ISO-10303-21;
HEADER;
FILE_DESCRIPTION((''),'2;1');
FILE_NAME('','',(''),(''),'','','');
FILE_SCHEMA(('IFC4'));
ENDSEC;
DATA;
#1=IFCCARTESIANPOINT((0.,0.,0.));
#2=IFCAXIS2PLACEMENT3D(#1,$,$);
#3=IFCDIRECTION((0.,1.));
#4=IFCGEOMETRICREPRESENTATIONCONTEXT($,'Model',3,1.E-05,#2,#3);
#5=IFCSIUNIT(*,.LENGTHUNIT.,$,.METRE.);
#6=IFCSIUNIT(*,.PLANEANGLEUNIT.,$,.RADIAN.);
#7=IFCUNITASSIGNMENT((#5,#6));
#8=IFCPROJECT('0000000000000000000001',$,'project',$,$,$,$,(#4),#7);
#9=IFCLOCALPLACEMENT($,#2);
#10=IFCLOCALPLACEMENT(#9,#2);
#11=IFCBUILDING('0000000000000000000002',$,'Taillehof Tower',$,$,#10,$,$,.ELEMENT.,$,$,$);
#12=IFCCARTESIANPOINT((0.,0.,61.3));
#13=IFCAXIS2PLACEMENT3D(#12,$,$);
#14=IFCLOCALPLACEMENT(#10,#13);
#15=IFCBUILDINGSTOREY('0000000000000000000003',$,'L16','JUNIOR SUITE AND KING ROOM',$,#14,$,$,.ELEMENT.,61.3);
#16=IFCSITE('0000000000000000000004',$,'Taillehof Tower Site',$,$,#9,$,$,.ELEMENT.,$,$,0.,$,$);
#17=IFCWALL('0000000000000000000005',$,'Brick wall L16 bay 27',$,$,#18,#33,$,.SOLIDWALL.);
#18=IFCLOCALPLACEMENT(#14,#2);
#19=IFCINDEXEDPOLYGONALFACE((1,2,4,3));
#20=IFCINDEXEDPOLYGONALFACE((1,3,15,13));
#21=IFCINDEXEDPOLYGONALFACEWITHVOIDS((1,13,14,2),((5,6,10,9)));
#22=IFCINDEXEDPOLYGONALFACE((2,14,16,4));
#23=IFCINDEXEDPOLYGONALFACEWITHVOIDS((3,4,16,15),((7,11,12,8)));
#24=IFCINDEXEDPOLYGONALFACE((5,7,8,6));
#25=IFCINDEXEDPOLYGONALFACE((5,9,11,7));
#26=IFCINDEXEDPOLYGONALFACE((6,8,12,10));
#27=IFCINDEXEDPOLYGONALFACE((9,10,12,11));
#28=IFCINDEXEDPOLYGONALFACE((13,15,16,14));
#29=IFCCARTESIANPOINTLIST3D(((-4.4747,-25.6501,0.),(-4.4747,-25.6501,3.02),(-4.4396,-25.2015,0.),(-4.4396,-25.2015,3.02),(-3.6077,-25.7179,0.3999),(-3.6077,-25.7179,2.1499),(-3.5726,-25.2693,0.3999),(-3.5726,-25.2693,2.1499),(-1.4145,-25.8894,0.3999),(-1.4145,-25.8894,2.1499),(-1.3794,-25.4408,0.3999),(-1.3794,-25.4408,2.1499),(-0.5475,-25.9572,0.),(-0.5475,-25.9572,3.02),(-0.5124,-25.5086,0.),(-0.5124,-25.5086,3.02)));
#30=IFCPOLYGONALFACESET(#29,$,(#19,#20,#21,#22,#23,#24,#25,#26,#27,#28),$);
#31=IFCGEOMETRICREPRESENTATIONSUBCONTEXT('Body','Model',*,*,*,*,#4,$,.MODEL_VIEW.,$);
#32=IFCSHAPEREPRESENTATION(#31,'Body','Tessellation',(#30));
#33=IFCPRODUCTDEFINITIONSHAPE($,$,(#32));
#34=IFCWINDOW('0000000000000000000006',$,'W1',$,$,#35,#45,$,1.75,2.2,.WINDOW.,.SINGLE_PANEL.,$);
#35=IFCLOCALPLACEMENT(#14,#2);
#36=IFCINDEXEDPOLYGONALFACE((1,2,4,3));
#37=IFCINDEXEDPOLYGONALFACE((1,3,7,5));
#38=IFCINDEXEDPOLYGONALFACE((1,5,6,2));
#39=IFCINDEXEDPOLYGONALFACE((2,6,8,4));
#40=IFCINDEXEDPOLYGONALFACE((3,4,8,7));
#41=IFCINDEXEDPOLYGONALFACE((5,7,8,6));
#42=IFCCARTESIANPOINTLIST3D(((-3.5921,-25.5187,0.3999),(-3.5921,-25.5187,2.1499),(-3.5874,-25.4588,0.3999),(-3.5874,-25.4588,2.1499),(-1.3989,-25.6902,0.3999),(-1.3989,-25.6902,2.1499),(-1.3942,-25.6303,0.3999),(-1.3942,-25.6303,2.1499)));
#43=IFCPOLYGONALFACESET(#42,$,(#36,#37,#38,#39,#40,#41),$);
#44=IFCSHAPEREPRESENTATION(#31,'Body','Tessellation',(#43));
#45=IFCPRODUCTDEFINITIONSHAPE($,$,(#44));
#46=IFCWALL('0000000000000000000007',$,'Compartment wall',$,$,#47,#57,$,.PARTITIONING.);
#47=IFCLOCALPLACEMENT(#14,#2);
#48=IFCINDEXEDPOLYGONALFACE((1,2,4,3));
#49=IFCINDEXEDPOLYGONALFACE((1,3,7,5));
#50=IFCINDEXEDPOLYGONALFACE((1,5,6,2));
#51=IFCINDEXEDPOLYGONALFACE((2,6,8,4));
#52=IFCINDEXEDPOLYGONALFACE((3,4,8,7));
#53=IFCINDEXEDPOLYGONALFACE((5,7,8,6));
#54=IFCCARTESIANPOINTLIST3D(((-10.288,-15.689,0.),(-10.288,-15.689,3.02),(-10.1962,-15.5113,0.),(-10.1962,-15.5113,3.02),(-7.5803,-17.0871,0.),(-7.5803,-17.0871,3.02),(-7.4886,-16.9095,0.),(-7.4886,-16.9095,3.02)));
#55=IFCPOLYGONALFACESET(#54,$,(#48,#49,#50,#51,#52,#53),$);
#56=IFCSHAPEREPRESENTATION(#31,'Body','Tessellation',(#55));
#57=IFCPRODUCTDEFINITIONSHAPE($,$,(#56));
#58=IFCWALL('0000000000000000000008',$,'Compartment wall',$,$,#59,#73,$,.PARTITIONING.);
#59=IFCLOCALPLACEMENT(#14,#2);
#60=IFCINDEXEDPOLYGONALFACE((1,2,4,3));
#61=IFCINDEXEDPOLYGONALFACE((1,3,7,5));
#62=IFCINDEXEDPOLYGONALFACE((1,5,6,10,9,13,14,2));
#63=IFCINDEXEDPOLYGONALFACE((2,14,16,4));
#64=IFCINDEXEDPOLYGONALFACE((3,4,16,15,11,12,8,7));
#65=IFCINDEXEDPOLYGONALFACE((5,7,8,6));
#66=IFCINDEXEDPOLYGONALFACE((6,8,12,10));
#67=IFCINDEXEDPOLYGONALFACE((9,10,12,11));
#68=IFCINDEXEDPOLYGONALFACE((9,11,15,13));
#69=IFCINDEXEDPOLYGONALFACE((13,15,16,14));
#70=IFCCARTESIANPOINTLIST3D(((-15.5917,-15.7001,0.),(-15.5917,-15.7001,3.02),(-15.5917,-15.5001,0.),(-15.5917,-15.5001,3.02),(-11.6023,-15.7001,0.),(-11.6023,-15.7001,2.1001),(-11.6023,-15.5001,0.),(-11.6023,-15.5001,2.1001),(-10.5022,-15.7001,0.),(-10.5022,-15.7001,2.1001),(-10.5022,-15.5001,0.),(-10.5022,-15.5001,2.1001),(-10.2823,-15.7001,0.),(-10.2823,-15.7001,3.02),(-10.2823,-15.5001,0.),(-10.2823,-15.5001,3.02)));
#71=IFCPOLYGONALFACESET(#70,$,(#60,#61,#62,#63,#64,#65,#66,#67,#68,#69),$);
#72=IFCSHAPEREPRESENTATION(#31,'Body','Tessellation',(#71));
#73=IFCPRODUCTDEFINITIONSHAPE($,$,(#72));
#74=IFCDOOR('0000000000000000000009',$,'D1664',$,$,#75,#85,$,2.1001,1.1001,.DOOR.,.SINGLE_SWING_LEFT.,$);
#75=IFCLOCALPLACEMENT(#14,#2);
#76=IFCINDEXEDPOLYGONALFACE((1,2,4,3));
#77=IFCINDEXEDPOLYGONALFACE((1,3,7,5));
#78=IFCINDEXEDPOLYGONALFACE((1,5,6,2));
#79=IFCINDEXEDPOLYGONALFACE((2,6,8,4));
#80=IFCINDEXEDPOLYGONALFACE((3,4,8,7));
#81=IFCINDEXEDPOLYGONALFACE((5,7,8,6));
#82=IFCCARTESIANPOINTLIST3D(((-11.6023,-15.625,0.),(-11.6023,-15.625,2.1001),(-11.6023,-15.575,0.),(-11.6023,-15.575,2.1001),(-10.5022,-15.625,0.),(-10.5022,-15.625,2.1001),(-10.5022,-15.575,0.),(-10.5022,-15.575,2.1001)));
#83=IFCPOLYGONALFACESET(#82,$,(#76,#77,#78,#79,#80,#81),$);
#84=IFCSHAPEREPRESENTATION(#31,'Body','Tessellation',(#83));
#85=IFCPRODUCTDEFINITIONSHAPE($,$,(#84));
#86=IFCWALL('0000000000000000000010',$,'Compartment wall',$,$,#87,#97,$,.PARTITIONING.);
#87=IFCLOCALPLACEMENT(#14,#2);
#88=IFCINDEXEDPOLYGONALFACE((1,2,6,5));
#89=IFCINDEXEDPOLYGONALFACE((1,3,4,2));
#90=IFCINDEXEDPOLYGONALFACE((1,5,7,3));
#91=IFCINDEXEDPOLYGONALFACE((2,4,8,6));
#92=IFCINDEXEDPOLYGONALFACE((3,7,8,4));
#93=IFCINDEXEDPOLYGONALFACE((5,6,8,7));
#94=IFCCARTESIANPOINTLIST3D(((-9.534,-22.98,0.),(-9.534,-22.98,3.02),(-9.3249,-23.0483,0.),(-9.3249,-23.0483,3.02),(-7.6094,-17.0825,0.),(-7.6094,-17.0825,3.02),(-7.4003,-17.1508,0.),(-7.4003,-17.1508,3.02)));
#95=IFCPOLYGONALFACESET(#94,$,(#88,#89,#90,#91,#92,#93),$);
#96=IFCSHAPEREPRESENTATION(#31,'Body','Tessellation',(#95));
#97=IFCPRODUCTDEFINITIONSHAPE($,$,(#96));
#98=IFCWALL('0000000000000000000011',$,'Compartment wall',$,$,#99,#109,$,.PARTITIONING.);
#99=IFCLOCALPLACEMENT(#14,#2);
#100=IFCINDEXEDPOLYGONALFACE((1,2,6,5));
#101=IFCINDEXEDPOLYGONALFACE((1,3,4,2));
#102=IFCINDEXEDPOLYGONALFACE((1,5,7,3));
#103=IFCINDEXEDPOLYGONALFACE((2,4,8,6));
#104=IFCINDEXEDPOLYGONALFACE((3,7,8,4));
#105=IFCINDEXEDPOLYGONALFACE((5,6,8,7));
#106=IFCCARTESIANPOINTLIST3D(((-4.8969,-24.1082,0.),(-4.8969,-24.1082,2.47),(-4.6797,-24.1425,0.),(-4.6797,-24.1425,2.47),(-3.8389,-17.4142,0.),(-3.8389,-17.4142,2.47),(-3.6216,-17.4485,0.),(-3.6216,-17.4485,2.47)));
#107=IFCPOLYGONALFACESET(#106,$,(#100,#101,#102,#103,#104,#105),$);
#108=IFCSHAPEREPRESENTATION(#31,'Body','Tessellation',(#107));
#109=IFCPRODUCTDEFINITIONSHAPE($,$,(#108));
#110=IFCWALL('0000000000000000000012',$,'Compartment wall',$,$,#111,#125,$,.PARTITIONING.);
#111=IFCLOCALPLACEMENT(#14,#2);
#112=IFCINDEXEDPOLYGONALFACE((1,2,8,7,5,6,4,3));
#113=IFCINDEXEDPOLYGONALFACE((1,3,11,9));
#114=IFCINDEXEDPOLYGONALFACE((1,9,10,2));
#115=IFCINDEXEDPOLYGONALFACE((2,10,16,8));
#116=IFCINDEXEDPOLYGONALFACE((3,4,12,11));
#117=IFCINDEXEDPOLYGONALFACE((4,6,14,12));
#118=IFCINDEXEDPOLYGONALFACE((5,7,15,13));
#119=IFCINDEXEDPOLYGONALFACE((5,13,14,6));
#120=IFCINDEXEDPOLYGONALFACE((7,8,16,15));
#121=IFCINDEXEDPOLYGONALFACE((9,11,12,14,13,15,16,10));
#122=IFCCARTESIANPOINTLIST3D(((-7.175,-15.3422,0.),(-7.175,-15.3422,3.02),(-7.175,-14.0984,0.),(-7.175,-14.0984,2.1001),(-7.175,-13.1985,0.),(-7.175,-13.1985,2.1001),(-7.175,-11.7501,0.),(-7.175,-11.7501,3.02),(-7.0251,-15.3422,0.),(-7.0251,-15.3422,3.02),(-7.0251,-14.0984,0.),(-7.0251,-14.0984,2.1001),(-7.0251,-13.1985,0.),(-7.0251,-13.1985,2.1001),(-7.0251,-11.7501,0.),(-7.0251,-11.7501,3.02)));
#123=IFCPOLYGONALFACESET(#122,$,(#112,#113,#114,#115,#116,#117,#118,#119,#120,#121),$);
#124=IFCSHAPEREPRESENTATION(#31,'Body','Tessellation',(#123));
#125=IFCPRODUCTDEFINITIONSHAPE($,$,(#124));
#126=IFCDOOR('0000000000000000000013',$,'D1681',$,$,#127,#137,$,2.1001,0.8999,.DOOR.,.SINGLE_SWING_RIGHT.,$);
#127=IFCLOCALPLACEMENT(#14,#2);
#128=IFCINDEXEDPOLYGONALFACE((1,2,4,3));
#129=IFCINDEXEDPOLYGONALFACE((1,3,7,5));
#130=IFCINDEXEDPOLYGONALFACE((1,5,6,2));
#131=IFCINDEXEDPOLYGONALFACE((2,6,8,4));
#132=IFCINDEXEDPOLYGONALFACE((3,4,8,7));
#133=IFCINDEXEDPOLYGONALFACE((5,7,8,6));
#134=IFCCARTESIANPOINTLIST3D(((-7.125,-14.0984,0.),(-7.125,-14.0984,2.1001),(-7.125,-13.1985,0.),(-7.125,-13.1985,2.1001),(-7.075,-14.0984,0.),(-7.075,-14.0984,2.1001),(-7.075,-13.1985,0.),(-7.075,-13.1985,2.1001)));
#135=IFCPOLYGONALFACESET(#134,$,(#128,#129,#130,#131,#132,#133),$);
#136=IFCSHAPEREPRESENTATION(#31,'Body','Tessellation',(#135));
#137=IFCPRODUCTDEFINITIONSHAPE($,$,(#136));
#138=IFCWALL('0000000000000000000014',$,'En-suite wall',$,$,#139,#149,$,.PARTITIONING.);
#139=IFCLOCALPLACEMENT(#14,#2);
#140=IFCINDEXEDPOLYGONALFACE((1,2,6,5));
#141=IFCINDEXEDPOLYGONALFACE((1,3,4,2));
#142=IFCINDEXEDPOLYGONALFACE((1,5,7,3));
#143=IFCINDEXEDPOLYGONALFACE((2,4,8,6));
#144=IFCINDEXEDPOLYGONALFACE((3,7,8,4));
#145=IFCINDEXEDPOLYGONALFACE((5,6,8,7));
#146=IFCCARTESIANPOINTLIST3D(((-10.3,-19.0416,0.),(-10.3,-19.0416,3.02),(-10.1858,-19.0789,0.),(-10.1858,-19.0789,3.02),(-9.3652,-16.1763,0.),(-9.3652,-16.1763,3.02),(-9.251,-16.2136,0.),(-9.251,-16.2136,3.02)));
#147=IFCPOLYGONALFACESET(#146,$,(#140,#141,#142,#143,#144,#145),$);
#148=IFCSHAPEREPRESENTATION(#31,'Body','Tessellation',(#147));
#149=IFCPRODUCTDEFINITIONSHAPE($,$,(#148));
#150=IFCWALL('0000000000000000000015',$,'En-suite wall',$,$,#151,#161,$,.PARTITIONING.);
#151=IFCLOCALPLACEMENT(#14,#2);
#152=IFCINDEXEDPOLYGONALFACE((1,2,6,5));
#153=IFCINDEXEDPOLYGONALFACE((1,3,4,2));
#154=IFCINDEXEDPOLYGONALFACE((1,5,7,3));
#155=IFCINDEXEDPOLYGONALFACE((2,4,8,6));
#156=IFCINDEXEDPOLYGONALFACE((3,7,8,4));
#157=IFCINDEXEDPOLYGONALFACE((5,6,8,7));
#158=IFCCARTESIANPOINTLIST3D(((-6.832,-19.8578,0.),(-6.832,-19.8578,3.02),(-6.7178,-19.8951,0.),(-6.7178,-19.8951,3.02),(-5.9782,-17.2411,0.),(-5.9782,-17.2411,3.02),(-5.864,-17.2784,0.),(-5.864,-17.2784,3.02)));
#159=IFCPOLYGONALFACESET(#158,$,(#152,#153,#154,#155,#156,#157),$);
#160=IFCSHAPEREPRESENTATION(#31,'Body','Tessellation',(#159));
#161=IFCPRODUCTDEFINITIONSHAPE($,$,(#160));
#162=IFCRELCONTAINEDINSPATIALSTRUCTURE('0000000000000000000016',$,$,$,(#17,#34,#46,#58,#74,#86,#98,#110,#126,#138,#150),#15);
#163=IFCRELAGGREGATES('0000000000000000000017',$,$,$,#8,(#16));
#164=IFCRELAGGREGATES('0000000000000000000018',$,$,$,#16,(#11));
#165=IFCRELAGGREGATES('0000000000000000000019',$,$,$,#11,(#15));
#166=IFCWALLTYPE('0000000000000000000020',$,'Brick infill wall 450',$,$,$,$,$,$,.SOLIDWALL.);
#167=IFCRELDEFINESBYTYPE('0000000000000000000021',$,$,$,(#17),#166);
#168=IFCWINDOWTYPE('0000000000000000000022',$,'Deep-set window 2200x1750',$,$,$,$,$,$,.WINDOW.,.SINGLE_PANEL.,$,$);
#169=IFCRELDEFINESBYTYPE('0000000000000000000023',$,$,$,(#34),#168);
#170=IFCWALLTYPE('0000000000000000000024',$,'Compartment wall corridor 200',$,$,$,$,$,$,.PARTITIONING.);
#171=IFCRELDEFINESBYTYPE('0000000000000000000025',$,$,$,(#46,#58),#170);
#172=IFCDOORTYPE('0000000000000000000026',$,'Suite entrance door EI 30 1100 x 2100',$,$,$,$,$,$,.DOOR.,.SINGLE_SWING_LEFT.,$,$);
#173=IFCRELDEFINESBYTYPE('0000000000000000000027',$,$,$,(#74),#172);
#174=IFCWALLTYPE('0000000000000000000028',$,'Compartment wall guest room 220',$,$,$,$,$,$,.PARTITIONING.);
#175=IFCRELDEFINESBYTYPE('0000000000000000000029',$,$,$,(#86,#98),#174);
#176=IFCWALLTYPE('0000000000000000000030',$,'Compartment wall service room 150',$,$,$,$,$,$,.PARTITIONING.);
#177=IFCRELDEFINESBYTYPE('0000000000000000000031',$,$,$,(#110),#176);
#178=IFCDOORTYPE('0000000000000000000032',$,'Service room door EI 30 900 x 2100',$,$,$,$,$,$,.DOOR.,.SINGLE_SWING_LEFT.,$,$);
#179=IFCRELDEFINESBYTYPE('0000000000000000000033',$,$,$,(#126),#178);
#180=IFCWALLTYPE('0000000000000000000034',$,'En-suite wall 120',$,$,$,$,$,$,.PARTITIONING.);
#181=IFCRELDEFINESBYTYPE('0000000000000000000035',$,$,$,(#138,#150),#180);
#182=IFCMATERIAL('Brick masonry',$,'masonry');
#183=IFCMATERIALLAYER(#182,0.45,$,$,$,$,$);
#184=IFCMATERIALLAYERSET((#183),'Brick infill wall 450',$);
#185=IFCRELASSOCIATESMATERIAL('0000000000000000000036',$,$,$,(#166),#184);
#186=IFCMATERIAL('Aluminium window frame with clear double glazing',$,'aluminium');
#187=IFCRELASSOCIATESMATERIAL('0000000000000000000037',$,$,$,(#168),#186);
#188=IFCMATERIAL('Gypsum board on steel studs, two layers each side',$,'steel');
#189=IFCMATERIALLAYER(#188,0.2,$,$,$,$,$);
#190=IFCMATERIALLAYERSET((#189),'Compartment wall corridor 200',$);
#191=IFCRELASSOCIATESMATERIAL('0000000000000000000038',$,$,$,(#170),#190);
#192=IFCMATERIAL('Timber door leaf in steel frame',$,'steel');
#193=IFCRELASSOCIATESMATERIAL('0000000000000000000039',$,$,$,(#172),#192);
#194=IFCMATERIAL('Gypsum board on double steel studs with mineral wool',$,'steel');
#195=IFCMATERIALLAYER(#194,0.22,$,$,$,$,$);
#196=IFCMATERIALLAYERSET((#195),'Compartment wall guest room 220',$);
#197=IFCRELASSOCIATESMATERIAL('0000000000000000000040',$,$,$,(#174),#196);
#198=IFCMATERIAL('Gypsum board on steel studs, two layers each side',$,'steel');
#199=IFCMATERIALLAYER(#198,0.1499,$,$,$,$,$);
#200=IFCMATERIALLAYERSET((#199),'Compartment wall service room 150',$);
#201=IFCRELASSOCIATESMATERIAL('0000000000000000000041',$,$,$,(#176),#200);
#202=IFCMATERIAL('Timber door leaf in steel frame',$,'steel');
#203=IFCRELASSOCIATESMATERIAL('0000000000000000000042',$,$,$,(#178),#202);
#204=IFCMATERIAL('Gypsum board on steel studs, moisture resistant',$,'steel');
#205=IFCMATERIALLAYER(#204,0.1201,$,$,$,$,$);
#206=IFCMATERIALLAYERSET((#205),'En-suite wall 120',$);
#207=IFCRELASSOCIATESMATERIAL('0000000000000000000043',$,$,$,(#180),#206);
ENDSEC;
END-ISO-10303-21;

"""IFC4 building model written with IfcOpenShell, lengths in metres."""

from ifc_helpers import new_model, si_unit, direction, frame, frame_2d, origin, place, context, subcontext, project, spatial, rectangle, extrude, material, layer, layer_set, type_object, element, fill, save


model = new_model("IFC4")

# Units and contexts
model_context = context("Model", 3, precision=1e-05, world=origin(), true_north=direction((0.0, 1.0)))
body_context = subcontext(model_context, "Body", "Model", "MODEL_VIEW")
ifc_project = project(units=[si_unit("LENGTHUNIT", "METRE"), si_unit("PLANEANGLEUNIT", "RADIAN")], contexts=[model_context])

# Site, building, storey
site_placement = place(None, origin())
site = spatial("IfcSite", under=ifc_project, at=site_placement, Name="Taillehof Tower Site", CompositionType="ELEMENT", RefElevation=0.0)
building_placement = place(site_placement, origin())
building = spatial("IfcBuilding", under=site, at=building_placement, Name="Taillehof Tower", CompositionType="ELEMENT")
storey_placement = place(building_placement, frame((0.0, 0.0, 61.3)))
storey = spatial("IfcBuildingStorey", under=building, at=storey_placement, Name="L16", Description="JUNIOR SUITE AND KING ROOM", CompositionType="ELEMENT", Elevation=61.3)

# Wall, opening, window
ifc_material_1 = material(Name="Brick masonry", Category="masonry")
ifc_layer_1 = layer(ifc_material_1, 0.45)
ifc_layer_set_1 = layer_set([ifc_layer_1], Name="Brick infill wall 450")
wall_type_1 = type_object("IfcWallType", Name="Brick infill wall 450", PredefinedType="SOLIDWALL", material=ifc_layer_set_1)
ifc_material_2 = material(Name="Aluminium window frame with clear double glazing", Category="aluminium")
window_type = type_object("IfcWindowType", Name="Deep-set window 2200x1750", PartitioningType="SINGLE_PANEL", PredefinedType="WINDOW", material=ifc_material_2)
wall_1_placement = place(storey_placement, frame((-4.4573, -25.4258, 0.0), z_axis=(0.0, 0.0, 1.0), x_axis=(0.996956, -0.077967, 0.0)))
wall_1 = element("IfcWall", 1, at=wall_1_placement, inside=storey, type_object=wall_type_1, Name="Brick wall L16 bay 27", PredefinedType="SOLIDWALL", context=body_context, shape_type="SweptSolid", body=[
    extrude(rectangle(XDim=3.9392, YDim=0.45, at=frame_2d((1.9697, 0.0))), origin(), (0.0, 0.0, 1.0), 3.02),
])
opening_1_placement = place(wall_1_placement, frame((0.8696, 0.0, 0.3999)))
opening_1 = element("IfcOpeningElement", 2, at=opening_1_placement, cuts=wall_1, PredefinedType="OPENING", context=body_context, shape_type="SweptSolid", body=[
    extrude(rectangle(XDim=2.2, YDim=1.75, at=frame_2d((1.1001, 0.875))), frame((0.0, 0.2349, 0.0), z_axis=(0.0, -1.0, 0.0), x_axis=(1.0, 0.0, 0.0)), (0.0, 0.0, 1.0), 0.47),
])
window_1_placement = place(opening_1_placement, origin())
window_1 = element("IfcWindow", 3, at=window_1_placement, inside=storey, type_object=window_type, Name="W1", OverallHeight=1.75, OverallWidth=2.2, PartitioningType="SINGLE_PANEL", PredefinedType="WINDOW", context=body_context, shape_type="SweptSolid", body=[
    extrude(rectangle(XDim=2.2, YDim=1.75, at=frame_2d((1.1001, 0.875))), frame((0.0, 0.0349, 0.0), z_axis=(0.0, -1.0, 0.0), x_axis=(1.0, 0.0, 0.0)), (0.0, 0.0, 1.0), 0.0601),
])
fill(opening_1, window_1)

# Wall
ifc_material_3 = material(Name="Gypsum board on steel studs, two layers each side", Category="steel")
ifc_layer_2 = layer(ifc_material_3, 0.2)
ifc_layer_set_2 = layer_set([ifc_layer_2], Name="Compartment wall corridor 200")
wall_type_2 = type_object("IfcWallType", Name="Compartment wall corridor 200", PredefinedType="PARTITIONING", material=ifc_layer_set_2)
wall_2_placement = place(storey_placement, frame((-7.5344, -16.9983, 0.0), z_axis=(0.0, 0.0, 1.0), x_axis=(-0.888535, 0.458808, 0.0)))
element("IfcWall", 4, at=wall_2_placement, inside=storey, type_object=wall_type_2, Name="Compartment wall", PredefinedType="PARTITIONING", context=body_context, shape_type="SweptSolid", body=[
    extrude(rectangle(XDim=3.0474, YDim=0.2, at=frame_2d((1.5237, 0.0))), origin(), (0.0, 0.0, 1.0), 3.02),
])

# Wall, opening, door
wall_3_placement = place(storey_placement, frame((-10.2822, -15.6001, 0.0), z_axis=(0.0, 0.0, 1.0), x_axis=(-1.0, 0.0, 0.0)))
wall_3 = element("IfcWall", 5, at=wall_3_placement, inside=storey, type_object=wall_type_2, Name="Compartment wall", PredefinedType="PARTITIONING", context=body_context, shape_type="SweptSolid", body=[
    extrude(rectangle(XDim=5.3093, YDim=0.2, at=frame_2d((2.6548, 0.0))), origin(), (0.0, 0.0, 1.0), 3.02),
])
opening_2_placement = place(wall_3_placement, frame((0.22, 0.0, 0.0)))
opening_2 = element("IfcOpeningElement", 6, at=opening_2_placement, cuts=wall_3, PredefinedType="OPENING", context=body_context, shape_type="SweptSolid", body=[
    extrude(rectangle(XDim=1.1001, YDim=2.1001, at=frame_2d((0.55, 1.05))), frame((0.0, 0.1099, 0.0), z_axis=(0.0, -1.0, 0.0), x_axis=(1.0, 0.0, 0.0)), (0.0, 0.0, 1.0), 0.22),
])
ifc_material_4 = material(Name="Timber door leaf in steel frame", Category="steel")
door_type_1 = type_object("IfcDoorType", Name="Suite entrance door EI 30 1100 x 2100", OperationType="SINGLE_SWING_LEFT", PredefinedType="DOOR", material=ifc_material_4)
door_1_placement = place(opening_2_placement, origin())
door_1 = element("IfcDoor", 7, at=door_1_placement, inside=storey, type_object=door_type_1, Name="D1664", OperationType="SINGLE_SWING_LEFT", OverallHeight=2.1001, OverallWidth=1.1001, PredefinedType="DOOR", context=body_context, shape_type="SweptSolid", body=[
    extrude(rectangle(XDim=1.1001, YDim=2.1001, at=frame_2d((0.55, 1.05))), frame((0.0, 0.0249, 0.0), z_axis=(0.0, -1.0, 0.0), x_axis=(1.0, 0.0, 0.0)), (0.0, 0.0, 1.0), 0.05),
])
fill(opening_2, door_1)

# Walls
ifc_material_5 = material(Name="Gypsum board on double steel studs with mineral wool", Category="steel")
ifc_layer_3 = layer(ifc_material_5, 0.22)
ifc_layer_set_3 = layer_set([ifc_layer_3], Name="Compartment wall guest room 220")
wall_type_3 = type_object("IfcWallType", Name="Compartment wall guest room 220", PredefinedType="PARTITIONING", material=ifc_layer_set_3)
wall_4_placement = place(storey_placement, frame((-9.4294, -23.0142, 0.0), z_axis=(0.0, 0.0, 1.0), x_axis=(0.310236, 0.95066, 0.0)))
element("IfcWall", 8, at=wall_4_placement, inside=storey, type_object=wall_type_3, Name="Compartment wall", PredefinedType="PARTITIONING", context=body_context, shape_type="SweptSolid", body=[
    extrude(rectangle(XDim=6.2036, YDim=0.22, at=frame_2d((3.1018, 0.0))), origin(), (0.0, 0.0, 1.0), 3.02),
])
wall_5_placement = place(storey_placement, frame((-4.7883, -24.1255, 0.0), z_axis=(0.0, 0.0, 1.0), x_axis=(0.156127, 0.987737, 0.0)))
element("IfcWall", 9, at=wall_5_placement, inside=storey, type_object=wall_type_3, Name="Compartment wall", PredefinedType="PARTITIONING", context=body_context, shape_type="SweptSolid", body=[
    extrude(rectangle(XDim=6.7771, YDim=0.22, at=frame_2d((3.3887, 0.0))), origin(), (0.0, 0.0, 1.0), 2.47),
])

# Wall, opening, door
ifc_material_6 = material(Name="Gypsum board on steel studs, two layers each side", Category="steel")
ifc_layer_4 = layer(ifc_material_6, 0.1499)
ifc_layer_set_4 = layer_set([ifc_layer_4], Name="Compartment wall service room 150")
wall_type_4 = type_object("IfcWallType", Name="Compartment wall service room 150", PredefinedType="PARTITIONING", material=ifc_layer_set_4)
wall_6_placement = place(storey_placement, frame((-7.1001, -15.342, 0.0), z_axis=(0.0, 0.0, 1.0), x_axis=(0.0, 1.0, 0.0)))
wall_6 = element("IfcWall", 10, at=wall_6_placement, inside=storey, type_object=wall_type_4, Name="Compartment wall", PredefinedType="PARTITIONING", context=body_context, shape_type="SweptSolid", body=[
    extrude(rectangle(XDim=3.592, YDim=0.1499, at=frame_2d((1.7959, 0.0))), origin(), (0.0, 0.0, 1.0), 3.02),
])
opening_3_placement = place(wall_6_placement, frame((1.2437, 0.0, 0.0)))
opening_3 = element("IfcOpeningElement", 11, at=opening_3_placement, cuts=wall_6, PredefinedType="OPENING", context=body_context, shape_type="SweptSolid", body=[
    extrude(rectangle(XDim=0.8999, YDim=2.1001, at=frame_2d((0.45, 1.05))), frame((0.0, 0.085, 0.0), z_axis=(0.0, -1.0, 0.0), x_axis=(1.0, 0.0, 0.0)), (0.0, 0.0, 1.0), 0.1699),
])
ifc_material_7 = material(Name="Timber door leaf in steel frame", Category="steel")
door_type_2 = type_object("IfcDoorType", Name="Service room door EI 30 900 x 2100", OperationType="SINGLE_SWING_LEFT", PredefinedType="DOOR", material=ifc_material_7)
door_2_placement = place(opening_3_placement, origin())
door_2 = element("IfcDoor", 12, at=door_2_placement, inside=storey, type_object=door_type_2, Name="D1681", OperationType="SINGLE_SWING_RIGHT", OverallHeight=2.1001, OverallWidth=0.8999, PredefinedType="DOOR", context=body_context, shape_type="SweptSolid", body=[
    extrude(rectangle(XDim=0.8999, YDim=2.1001, at=frame_2d((0.45, 1.05))), frame((0.0, 0.0249, 0.0), z_axis=(0.0, -1.0, 0.0), x_axis=(1.0, 0.0, 0.0)), (0.0, 0.0, 1.0), 0.05),
])
fill(opening_3, door_2)

# Walls
ifc_material_8 = material(Name="Gypsum board on steel studs, moisture resistant", Category="steel")
ifc_layer_5 = layer(ifc_material_8, 0.1201)
ifc_layer_set_5 = layer_set([ifc_layer_5], Name="En-suite wall 120")
wall_type_5 = type_object("IfcWallType", Name="En-suite wall 120", PredefinedType="PARTITIONING", material=ifc_layer_set_5)
wall_7_placement = place(storey_placement, frame((-9.3081, -16.1951, 0.0), z_axis=(0.0, 0.0, 1.0), x_axis=(-0.31017, -0.950681, 0.0)))
element("IfcWall", 13, at=wall_7_placement, inside=storey, type_object=wall_type_5, Name="En-suite wall", PredefinedType="PARTITIONING", context=body_context, shape_type="SweptSolid", body=[
    extrude(rectangle(XDim=3.0139, YDim=0.1201, at=frame_2d((1.5068, 0.0))), origin(), (0.0, 0.0, 1.0), 3.02),
])
wall_8_placement = place(storey_placement, frame((-5.9211, -17.2598, 0.0), z_axis=(0.0, 0.0, 1.0), x_axis=(-0.310181, -0.950678, 0.0)))
element("IfcWall", 14, at=wall_8_placement, inside=storey, type_object=wall_type_5, Name="En-suite wall", PredefinedType="PARTITIONING", context=body_context, shape_type="SweptSolid", body=[
    extrude(rectangle(XDim=2.7524, YDim=0.1201, at=frame_2d((1.3762, 0.0))), origin(), (0.0, 0.0, 1.0), 3.02),
])

save(model, "model.ifc")
